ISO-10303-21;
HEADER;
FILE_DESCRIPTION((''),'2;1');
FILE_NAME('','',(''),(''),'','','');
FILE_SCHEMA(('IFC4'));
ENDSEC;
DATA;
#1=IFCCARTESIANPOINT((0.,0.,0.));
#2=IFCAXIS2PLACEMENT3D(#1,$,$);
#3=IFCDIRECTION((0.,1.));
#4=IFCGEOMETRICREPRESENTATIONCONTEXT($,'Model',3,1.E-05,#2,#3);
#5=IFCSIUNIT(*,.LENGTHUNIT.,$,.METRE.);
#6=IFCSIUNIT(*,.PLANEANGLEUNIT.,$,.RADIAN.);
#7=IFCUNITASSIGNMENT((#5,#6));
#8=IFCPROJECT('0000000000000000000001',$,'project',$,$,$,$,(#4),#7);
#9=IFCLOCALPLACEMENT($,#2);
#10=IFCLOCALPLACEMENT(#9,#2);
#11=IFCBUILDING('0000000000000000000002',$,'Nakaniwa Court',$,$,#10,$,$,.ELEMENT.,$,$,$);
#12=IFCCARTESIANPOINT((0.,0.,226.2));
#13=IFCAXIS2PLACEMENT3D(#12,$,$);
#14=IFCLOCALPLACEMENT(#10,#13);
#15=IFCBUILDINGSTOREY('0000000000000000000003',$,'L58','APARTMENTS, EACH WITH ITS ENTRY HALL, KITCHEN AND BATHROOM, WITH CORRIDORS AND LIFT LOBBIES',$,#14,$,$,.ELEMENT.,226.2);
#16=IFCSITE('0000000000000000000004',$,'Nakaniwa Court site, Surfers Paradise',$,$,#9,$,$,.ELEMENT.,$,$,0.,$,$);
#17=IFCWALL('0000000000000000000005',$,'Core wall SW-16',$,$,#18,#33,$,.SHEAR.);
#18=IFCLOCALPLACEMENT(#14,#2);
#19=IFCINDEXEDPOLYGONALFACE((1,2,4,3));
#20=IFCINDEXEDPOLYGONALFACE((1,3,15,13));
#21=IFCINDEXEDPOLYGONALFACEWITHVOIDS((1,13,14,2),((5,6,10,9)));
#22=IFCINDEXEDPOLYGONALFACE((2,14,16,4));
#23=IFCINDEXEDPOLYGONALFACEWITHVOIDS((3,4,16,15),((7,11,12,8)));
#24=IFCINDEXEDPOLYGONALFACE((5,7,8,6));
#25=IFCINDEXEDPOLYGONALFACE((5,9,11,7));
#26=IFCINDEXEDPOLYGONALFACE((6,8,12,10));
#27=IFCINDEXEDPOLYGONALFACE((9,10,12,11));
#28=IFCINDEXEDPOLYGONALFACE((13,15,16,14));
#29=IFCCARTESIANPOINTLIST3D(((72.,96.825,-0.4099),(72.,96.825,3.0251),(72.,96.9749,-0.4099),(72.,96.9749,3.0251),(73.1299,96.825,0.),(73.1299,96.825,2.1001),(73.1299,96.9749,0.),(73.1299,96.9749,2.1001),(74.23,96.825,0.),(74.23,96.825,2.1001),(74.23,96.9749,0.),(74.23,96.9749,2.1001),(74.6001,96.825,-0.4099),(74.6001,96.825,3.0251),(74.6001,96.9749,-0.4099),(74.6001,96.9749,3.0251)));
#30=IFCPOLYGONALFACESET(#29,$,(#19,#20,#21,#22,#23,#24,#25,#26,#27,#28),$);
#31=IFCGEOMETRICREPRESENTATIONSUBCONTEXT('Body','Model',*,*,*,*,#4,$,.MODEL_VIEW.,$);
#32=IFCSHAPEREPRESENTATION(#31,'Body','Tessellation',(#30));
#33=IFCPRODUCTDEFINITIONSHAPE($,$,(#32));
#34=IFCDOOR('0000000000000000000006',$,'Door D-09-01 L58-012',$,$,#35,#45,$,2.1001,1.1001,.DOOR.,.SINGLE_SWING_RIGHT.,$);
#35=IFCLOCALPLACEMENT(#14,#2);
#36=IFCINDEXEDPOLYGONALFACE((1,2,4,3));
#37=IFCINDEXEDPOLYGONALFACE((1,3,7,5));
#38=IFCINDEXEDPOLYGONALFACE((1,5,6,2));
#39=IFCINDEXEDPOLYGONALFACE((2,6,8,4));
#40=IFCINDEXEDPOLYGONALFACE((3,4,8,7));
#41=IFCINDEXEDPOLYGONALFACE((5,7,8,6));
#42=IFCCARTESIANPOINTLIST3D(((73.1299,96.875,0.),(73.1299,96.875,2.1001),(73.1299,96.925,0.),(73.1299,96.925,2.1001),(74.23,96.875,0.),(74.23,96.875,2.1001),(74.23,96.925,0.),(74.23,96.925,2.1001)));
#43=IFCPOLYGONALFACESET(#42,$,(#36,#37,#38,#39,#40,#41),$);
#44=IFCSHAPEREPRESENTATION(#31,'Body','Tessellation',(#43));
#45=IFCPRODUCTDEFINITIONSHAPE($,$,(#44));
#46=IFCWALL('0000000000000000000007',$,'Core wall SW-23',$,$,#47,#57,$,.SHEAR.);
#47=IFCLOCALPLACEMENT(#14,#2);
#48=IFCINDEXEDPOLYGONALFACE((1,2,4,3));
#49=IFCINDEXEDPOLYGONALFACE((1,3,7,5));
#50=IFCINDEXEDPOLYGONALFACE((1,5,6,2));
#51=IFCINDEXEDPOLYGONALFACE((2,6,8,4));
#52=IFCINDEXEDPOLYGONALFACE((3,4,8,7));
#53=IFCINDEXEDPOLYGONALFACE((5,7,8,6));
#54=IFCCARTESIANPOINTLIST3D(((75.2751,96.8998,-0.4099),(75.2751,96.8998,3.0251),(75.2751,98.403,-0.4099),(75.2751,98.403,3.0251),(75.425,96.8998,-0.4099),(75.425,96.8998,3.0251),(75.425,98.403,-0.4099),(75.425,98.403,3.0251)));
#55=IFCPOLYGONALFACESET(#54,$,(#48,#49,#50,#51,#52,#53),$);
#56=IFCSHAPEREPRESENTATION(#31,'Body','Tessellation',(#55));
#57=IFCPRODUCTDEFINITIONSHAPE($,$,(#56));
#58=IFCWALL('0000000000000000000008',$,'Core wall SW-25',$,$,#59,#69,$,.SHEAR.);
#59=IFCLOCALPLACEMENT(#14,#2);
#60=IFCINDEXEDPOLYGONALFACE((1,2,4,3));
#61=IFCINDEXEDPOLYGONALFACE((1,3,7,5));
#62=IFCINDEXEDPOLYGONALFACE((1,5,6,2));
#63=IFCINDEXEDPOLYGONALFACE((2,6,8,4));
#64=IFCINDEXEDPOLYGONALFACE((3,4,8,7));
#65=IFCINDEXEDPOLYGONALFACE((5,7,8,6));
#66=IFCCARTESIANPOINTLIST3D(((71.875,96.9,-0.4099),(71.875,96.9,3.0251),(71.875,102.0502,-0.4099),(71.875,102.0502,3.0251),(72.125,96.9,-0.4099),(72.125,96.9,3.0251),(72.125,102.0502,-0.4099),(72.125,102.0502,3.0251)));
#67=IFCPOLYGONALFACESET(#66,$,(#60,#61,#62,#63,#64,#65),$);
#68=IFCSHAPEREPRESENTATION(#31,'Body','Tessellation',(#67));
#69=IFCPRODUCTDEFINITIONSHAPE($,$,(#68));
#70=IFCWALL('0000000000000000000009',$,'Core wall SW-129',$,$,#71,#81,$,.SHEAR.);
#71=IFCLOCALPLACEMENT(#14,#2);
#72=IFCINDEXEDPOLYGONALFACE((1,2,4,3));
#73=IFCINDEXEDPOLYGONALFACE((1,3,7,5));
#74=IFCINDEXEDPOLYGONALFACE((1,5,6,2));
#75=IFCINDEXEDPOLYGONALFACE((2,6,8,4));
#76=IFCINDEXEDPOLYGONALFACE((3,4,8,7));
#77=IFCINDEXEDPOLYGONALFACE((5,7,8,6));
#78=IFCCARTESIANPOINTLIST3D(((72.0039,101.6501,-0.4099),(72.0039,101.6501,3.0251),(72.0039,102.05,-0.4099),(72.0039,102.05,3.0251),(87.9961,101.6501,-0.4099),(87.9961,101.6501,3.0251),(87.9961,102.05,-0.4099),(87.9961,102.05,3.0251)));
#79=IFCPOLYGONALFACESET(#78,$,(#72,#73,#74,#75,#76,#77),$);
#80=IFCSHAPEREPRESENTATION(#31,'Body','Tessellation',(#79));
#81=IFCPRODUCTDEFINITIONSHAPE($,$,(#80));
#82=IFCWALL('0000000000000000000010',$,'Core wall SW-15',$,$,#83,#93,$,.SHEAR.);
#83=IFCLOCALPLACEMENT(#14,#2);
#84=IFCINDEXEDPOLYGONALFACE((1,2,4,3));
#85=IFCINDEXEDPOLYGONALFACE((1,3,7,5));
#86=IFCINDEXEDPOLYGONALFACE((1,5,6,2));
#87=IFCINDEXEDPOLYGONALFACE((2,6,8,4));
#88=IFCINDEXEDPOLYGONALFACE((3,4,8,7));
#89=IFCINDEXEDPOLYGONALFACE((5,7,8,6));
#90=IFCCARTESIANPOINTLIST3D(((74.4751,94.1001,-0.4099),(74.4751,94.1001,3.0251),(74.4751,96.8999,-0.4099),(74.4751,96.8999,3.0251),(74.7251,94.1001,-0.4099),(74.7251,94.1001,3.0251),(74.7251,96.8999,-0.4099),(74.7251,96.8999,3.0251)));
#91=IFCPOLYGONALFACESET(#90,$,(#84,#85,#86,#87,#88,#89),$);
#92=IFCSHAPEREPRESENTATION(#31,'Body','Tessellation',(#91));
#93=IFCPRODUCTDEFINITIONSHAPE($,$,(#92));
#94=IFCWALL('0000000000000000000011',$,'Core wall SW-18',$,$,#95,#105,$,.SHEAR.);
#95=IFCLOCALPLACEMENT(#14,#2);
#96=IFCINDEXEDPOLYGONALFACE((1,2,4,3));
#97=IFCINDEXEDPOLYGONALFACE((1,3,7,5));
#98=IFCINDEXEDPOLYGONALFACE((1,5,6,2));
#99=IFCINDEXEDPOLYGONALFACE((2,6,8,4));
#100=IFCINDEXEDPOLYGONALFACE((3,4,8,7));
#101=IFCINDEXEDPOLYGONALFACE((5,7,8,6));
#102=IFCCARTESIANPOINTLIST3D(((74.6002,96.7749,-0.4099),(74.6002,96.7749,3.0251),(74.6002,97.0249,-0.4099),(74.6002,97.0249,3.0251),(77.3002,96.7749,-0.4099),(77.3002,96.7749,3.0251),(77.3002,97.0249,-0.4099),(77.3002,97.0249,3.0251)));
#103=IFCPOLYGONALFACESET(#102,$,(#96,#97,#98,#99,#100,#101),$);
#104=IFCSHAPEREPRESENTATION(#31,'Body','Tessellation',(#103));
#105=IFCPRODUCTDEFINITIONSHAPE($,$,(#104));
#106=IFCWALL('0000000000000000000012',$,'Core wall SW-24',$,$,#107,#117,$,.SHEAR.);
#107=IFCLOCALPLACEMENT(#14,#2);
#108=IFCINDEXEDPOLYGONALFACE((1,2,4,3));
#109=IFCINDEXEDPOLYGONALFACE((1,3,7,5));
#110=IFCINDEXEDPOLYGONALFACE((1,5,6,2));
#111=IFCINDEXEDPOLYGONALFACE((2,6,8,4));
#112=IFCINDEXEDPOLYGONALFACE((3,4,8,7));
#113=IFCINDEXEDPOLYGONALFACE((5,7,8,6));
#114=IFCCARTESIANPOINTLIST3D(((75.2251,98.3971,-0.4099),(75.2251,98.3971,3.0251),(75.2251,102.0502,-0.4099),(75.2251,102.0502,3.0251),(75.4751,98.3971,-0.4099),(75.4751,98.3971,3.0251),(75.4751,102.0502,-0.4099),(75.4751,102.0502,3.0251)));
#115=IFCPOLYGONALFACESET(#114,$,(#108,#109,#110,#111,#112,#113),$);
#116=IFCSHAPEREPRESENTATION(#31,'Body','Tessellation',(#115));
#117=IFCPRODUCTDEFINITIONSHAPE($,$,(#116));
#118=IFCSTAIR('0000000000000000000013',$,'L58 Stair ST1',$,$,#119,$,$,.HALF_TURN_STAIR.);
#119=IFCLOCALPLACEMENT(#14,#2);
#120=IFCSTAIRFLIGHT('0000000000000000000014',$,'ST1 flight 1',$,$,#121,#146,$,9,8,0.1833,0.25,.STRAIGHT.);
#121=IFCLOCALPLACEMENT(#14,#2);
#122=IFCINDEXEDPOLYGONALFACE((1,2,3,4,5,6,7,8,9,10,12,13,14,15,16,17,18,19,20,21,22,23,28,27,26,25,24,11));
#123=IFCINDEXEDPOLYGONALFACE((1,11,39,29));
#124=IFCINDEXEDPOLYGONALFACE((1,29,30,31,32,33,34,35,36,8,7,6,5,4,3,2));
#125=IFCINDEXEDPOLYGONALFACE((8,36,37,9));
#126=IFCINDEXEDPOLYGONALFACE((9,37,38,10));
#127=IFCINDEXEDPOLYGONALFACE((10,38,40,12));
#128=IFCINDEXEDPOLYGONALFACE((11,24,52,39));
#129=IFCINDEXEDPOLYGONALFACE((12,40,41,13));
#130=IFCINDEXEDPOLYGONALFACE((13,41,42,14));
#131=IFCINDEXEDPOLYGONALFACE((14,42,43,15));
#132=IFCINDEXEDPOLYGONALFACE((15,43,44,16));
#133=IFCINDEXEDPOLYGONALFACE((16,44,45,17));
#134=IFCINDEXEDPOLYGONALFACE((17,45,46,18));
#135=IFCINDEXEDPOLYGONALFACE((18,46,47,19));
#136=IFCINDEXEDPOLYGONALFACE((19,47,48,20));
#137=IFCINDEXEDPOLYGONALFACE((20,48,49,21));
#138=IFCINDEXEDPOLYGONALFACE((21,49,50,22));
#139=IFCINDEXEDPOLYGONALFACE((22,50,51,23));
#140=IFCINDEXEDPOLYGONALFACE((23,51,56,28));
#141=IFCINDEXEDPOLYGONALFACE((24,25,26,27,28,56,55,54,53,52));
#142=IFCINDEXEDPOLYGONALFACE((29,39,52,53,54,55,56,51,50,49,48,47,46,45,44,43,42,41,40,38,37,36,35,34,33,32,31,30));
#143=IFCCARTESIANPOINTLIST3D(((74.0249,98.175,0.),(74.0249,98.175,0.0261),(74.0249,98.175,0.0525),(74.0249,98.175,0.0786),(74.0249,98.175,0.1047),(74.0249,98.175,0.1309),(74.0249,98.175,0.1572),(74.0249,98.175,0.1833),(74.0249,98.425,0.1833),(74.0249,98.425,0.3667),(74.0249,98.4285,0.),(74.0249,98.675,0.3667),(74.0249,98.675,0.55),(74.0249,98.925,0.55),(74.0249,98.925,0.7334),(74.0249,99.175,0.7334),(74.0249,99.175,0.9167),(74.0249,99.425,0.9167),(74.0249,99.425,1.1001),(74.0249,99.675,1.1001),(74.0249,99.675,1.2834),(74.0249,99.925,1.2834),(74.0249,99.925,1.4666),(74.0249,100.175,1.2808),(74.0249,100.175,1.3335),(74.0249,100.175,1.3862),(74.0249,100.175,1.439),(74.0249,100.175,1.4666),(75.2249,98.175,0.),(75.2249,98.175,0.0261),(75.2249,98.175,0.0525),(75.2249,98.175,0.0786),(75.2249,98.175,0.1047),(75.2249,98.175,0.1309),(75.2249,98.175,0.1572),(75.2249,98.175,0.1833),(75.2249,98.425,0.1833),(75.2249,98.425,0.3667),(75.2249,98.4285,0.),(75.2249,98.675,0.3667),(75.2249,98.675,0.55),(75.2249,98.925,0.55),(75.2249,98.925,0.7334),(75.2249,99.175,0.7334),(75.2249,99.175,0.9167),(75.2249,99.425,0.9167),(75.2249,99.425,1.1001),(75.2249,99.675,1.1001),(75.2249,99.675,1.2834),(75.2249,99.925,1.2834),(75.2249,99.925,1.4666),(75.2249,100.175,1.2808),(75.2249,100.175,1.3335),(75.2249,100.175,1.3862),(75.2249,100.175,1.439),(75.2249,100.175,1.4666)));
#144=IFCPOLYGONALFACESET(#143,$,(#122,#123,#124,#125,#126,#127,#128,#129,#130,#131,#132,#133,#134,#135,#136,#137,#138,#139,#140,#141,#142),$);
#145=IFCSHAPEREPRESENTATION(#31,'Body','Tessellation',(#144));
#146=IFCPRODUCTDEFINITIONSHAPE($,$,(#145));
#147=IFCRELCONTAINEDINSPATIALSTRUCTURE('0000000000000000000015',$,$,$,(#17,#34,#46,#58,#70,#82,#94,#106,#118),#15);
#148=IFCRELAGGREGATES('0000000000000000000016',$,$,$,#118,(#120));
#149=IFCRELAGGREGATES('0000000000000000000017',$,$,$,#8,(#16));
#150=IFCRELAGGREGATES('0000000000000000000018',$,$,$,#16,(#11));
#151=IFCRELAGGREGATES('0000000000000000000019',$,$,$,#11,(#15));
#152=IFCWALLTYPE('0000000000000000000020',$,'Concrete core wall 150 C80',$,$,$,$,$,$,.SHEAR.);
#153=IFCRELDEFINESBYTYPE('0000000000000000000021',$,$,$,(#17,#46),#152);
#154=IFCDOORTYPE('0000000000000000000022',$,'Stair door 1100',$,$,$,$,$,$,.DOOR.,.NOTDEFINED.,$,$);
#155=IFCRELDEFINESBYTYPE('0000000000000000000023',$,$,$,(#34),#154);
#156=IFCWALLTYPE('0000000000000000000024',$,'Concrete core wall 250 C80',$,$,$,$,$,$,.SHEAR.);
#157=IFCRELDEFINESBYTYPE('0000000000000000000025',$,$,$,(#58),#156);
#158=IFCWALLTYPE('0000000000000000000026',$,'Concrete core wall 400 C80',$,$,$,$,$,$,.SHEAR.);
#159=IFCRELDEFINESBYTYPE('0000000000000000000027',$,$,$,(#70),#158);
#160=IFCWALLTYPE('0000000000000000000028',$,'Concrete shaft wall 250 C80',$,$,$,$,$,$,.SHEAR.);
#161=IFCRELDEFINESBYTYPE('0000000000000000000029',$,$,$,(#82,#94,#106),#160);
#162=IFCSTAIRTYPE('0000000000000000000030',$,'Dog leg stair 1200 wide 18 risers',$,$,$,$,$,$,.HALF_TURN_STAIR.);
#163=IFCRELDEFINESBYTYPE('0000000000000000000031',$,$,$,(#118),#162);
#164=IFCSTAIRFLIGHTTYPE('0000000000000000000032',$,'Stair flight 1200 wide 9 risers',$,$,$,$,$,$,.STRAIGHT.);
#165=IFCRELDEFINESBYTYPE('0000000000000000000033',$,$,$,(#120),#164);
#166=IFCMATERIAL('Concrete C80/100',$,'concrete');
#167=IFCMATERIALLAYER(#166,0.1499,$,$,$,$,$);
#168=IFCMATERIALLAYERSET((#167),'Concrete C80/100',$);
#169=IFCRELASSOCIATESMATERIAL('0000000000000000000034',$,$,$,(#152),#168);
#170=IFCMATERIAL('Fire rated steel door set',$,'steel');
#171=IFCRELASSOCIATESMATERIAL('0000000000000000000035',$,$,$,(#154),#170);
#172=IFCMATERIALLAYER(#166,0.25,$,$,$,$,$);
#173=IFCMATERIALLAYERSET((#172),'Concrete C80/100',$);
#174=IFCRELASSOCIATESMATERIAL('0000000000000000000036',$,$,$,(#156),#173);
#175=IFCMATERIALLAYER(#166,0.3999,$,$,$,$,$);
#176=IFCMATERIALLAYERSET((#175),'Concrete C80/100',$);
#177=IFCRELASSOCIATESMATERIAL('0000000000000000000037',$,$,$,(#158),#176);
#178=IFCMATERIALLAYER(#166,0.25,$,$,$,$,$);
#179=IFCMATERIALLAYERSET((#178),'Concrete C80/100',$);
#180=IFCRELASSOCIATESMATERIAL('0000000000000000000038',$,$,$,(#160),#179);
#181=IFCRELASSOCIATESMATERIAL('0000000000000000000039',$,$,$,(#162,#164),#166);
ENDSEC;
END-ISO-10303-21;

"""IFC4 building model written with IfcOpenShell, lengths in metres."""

from ifc_helpers import new_model, si_unit, direction, frame, frame_2d, origin, place, context, subcontext, project, spatial, polyline, rectangle, outline, extrude, material, layer, layer_set, type_object, element, fill, aggregate, save


model = new_model("IFC4")

# Units and contexts
model_context = context("Model", 3, precision=1e-05, world=origin(), true_north=direction((0.0, 1.0)))
body_context = subcontext(model_context, "Body", "Model", "MODEL_VIEW")
ifc_project = project(units=[si_unit("LENGTHUNIT", "METRE"), si_unit("PLANEANGLEUNIT", "RADIAN")], contexts=[model_context])

# Site, building, storey
site_placement = place(None, origin())
site = spatial("IfcSite", under=ifc_project, at=site_placement, Name="Nakaniwa Court site, Surfers Paradise", CompositionType="ELEMENT", RefElevation=0.0)
building_placement = place(site_placement, origin())
building = spatial("IfcBuilding", under=site, at=building_placement, Name="Nakaniwa Court", CompositionType="ELEMENT")
storey_placement = place(building_placement, frame((0.0, 0.0, 226.2)))
storey = spatial("IfcBuildingStorey", under=building, at=storey_placement, Name="L58", Description="APARTMENTS, EACH WITH ITS ENTRY HALL, KITCHEN AND BATHROOM, WITH CORRIDORS AND LIFT LOBBIES", CompositionType="ELEMENT", Elevation=226.2)

# Shared definitions
ifc_material_1 = material(Name="Fire rated steel door set", Category="steel")

# Shared definitions
ifc_material_2 = material(Name="Concrete C80/100", Category="concrete")

# Wall, opening, door
ifc_layer_1 = layer(ifc_material_2, 0.1499)
ifc_layer_set_1 = layer_set([ifc_layer_1], Name="Concrete C80/100")
wall_type_1 = type_object("IfcWallType", Name="Concrete core wall 150 C80", PredefinedType="SHEAR", material=ifc_layer_set_1)
wall_1_placement = place(storey_placement, frame((74.6001, 96.8999, -0.4099), z_axis=(0.0, 0.0, 1.0), x_axis=(-1.0, 0.0, 0.0)))
wall_1 = element("IfcWall", 1, at=wall_1_placement, inside=storey, type_object=wall_type_1, Name="Core wall SW-16", PredefinedType="SHEAR", context=body_context, shape_type="SweptSolid", body=[
    extrude(rectangle(XDim=2.6001, YDim=0.1499, at=frame_2d((1.3, 0.0))), origin(), (0.0, 0.0, 1.0), 3.4351),
])
opening_1_placement = place(wall_1_placement, frame((0.3701, 0.0, 0.4099)))
opening_1 = element("IfcOpeningElement", 2, at=opening_1_placement, cuts=wall_1, PredefinedType="OPENING", context=body_context, shape_type="SweptSolid", body=[
    extrude(rectangle(XDim=1.1001, YDim=2.1001, at=frame_2d((0.55, 1.05))), frame((0.0, 0.085, 0.0), z_axis=(0.0, -1.0, 0.0), x_axis=(1.0, 0.0, 0.0)), (0.0, 0.0, 1.0), 0.1699),
])
door_type_1 = type_object("IfcDoorType", Name="Stair door 1100", OperationType="NOTDEFINED", PredefinedType="DOOR", material=ifc_material_1)
door_1_placement = place(opening_1_placement, origin())
door_1 = element("IfcDoor", 3, at=door_1_placement, inside=storey, type_object=door_type_1, Name="Door D-09-01 L58-012", OperationType="SINGLE_SWING_RIGHT", OverallHeight=2.1001, OverallWidth=1.1001, PredefinedType="DOOR", context=body_context, shape_type="SweptSolid", body=[
    extrude(rectangle(XDim=1.1001, YDim=2.1001, at=frame_2d((0.55, 1.05))), frame((0.0, 0.0249, 0.0), z_axis=(0.0, -1.0, 0.0), x_axis=(1.0, 0.0, 0.0)), (0.0, 0.0, 1.0), 0.05),
])
fill(opening_1, door_1)

# Walls
wall_2_placement = place(storey_placement, frame((75.3501, 96.8999, -0.4099), z_axis=(0.0, 0.0, 1.0), x_axis=(0.0, 1.0, 0.0)))
element("IfcWall", 4, at=wall_2_placement, inside=storey, type_object=wall_type_1, Name="Core wall SW-23", PredefinedType="SHEAR", context=body_context, shape_type="SweptSolid", body=[
    extrude(rectangle(XDim=1.5032, YDim=0.1499, at=frame_2d((0.7515, 0.0))), origin(), (0.0, 0.0, 1.0), 3.4351),
])
ifc_layer_2 = layer(ifc_material_2, 0.25)
ifc_layer_set_2 = layer_set([ifc_layer_2], Name="Concrete C80/100")
wall_type_2 = type_object("IfcWallType", Name="Concrete core wall 250 C80", PredefinedType="SHEAR", material=ifc_layer_set_2)
wall_3_placement = place(storey_placement, frame((72.0, 96.8999, -0.4099), z_axis=(0.0, 0.0, 1.0), x_axis=(0.0, 1.0, 0.0)))
element("IfcWall", 5, at=wall_3_placement, inside=storey, type_object=wall_type_2, Name="Core wall SW-25", PredefinedType="SHEAR", context=body_context, shape_type="SweptSolid", body=[
    extrude(rectangle(XDim=5.1501, YDim=0.25, at=frame_2d((2.5752, 0.0))), origin(), (0.0, 0.0, 1.0), 3.4351),
])
ifc_layer_3 = layer(ifc_material_2, 0.3999)
ifc_layer_set_3 = layer_set([ifc_layer_3], Name="Concrete C80/100")
wall_type_3 = type_object("IfcWallType", Name="Concrete core wall 400 C80", PredefinedType="SHEAR", material=ifc_layer_set_3)
wall_4_placement = place(storey_placement, frame((72.0039, 101.8501, -0.4099), z_axis=(0.0, 0.0, 1.0), x_axis=(1.0, 0.0, 0.0)))
element("IfcWall", 6, at=wall_4_placement, inside=storey, type_object=wall_type_3, Name="Core wall SW-129", PredefinedType="SHEAR", context=body_context, shape_type="SweptSolid", body=[
    extrude(rectangle(XDim=15.9922, YDim=0.3999, at=frame_2d((7.9961, 0.0))), origin(), (0.0, 0.0, 1.0), 3.4351),
])
ifc_layer_4 = layer(ifc_material_2, 0.25)
ifc_layer_set_4 = layer_set([ifc_layer_4], Name="Concrete C80/100")
wall_type_4 = type_object("IfcWallType", Name="Concrete shaft wall 250 C80", PredefinedType="SHEAR", material=ifc_layer_set_4)
wall_5_placement = place(storey_placement, frame((74.6001, 94.1001, -0.4099), z_axis=(0.0, 0.0, 1.0), x_axis=(0.0, 1.0, 0.0)))
element("IfcWall", 7, at=wall_5_placement, inside=storey, type_object=wall_type_4, Name="Core wall SW-15", PredefinedType="SHEAR", context=body_context, shape_type="SweptSolid", body=[
    extrude(rectangle(XDim=2.7998, YDim=0.25, at=frame_2d((1.3999, 0.0))), origin(), (0.0, 0.0, 1.0), 3.4351),
])
wall_6_placement = place(storey_placement, frame((74.6001, 96.8999, -0.4099), z_axis=(0.0, 0.0, 1.0), x_axis=(1.0, 0.0, 0.0)))
element("IfcWall", 8, at=wall_6_placement, inside=storey, type_object=wall_type_4, Name="Core wall SW-18", PredefinedType="SHEAR", context=body_context, shape_type="SweptSolid", body=[
    extrude(rectangle(XDim=2.7, YDim=0.25, at=frame_2d((1.3501, 0.0))), origin(), (0.0, 0.0, 1.0), 3.4351),
])
wall_7_placement = place(storey_placement, frame((75.3501, 98.397, -0.4099), z_axis=(0.0, 0.0, 1.0), x_axis=(0.0, 1.0, 0.0)))
element("IfcWall", 9, at=wall_7_placement, inside=storey, type_object=wall_type_4, Name="Core wall SW-24", PredefinedType="SHEAR", context=body_context, shape_type="SweptSolid", body=[
    extrude(rectangle(XDim=3.6531, YDim=0.25, at=frame_2d((1.8267, 0.0))), origin(), (0.0, 0.0, 1.0), 3.4351),
])

# Stair, stair flight
stair_type = type_object("IfcStairType", Name="Dog leg stair 1200 wide 18 risers", PredefinedType="HALF_TURN_STAIR", material=ifc_material_2)
stair_placement = place(storey_placement, origin())
stair = element("IfcStair", 10, at=stair_placement, inside=storey, type_object=stair_type, Name="L58 Stair ST1", PredefinedType="HALF_TURN_STAIR")
stair_flight_type = type_object("IfcStairFlightType", Name="Stair flight 1200 wide 9 risers", PredefinedType="STRAIGHT", material=ifc_material_2)
stair_flight_1_placement = place(storey_placement, frame((74.625, 98.175, 0.0), z_axis=(0.0, 0.0, 1.0), x_axis=(0.0, 1.0, 0.0)))
stair_flight_1 = element("IfcStairFlight", 11, at=stair_flight_1_placement, type_object=stair_flight_type, Name="ST1 flight 1", NumberOfRisers=9, NumberOfTreads=8, PredefinedType="STRAIGHT", RiserHeight=0.1833, TreadLength=0.25, context=body_context, shape_type="SweptSolid", body=[
    extrude(outline(polyline([(0.0, 0.0), (0.0, 0.0261), (0.0, 0.0525), (0.0, 0.0786), (0.0, 0.1047), (0.0, 0.1309), (0.0, 0.1572), (0.0, 0.1833), (0.25, 0.1833), (0.25, 0.3667), (0.5, 0.3667), (0.5, 0.55), (0.75, 0.55), (0.75, 0.7334), (1.0, 0.7334), (1.0, 0.9167), (1.25, 0.9167), (1.25, 1.1001), (1.5, 1.1001), (1.5, 1.2834), (1.75, 1.2834), (1.75, 1.4666), (2.0, 1.4666), (2.0, 1.6499), (2.0, 1.5972), (2.0, 1.5444), (2.0, 1.4917), (2.0, 1.439), (2.0, 1.3862), (2.0, 1.3335), (2.0, 1.2808), (0.2534, 0.0), (0.0, 0.0)])), frame((0.0, 0.6001, 0.0), z_axis=(0.0, -1.0, 0.0), x_axis=(1.0, 0.0, 0.0)), (0.0, 0.0, 1.0), 1.2),
])
aggregate(stair, [stair_flight_1])

save(model, "model.ifc")
